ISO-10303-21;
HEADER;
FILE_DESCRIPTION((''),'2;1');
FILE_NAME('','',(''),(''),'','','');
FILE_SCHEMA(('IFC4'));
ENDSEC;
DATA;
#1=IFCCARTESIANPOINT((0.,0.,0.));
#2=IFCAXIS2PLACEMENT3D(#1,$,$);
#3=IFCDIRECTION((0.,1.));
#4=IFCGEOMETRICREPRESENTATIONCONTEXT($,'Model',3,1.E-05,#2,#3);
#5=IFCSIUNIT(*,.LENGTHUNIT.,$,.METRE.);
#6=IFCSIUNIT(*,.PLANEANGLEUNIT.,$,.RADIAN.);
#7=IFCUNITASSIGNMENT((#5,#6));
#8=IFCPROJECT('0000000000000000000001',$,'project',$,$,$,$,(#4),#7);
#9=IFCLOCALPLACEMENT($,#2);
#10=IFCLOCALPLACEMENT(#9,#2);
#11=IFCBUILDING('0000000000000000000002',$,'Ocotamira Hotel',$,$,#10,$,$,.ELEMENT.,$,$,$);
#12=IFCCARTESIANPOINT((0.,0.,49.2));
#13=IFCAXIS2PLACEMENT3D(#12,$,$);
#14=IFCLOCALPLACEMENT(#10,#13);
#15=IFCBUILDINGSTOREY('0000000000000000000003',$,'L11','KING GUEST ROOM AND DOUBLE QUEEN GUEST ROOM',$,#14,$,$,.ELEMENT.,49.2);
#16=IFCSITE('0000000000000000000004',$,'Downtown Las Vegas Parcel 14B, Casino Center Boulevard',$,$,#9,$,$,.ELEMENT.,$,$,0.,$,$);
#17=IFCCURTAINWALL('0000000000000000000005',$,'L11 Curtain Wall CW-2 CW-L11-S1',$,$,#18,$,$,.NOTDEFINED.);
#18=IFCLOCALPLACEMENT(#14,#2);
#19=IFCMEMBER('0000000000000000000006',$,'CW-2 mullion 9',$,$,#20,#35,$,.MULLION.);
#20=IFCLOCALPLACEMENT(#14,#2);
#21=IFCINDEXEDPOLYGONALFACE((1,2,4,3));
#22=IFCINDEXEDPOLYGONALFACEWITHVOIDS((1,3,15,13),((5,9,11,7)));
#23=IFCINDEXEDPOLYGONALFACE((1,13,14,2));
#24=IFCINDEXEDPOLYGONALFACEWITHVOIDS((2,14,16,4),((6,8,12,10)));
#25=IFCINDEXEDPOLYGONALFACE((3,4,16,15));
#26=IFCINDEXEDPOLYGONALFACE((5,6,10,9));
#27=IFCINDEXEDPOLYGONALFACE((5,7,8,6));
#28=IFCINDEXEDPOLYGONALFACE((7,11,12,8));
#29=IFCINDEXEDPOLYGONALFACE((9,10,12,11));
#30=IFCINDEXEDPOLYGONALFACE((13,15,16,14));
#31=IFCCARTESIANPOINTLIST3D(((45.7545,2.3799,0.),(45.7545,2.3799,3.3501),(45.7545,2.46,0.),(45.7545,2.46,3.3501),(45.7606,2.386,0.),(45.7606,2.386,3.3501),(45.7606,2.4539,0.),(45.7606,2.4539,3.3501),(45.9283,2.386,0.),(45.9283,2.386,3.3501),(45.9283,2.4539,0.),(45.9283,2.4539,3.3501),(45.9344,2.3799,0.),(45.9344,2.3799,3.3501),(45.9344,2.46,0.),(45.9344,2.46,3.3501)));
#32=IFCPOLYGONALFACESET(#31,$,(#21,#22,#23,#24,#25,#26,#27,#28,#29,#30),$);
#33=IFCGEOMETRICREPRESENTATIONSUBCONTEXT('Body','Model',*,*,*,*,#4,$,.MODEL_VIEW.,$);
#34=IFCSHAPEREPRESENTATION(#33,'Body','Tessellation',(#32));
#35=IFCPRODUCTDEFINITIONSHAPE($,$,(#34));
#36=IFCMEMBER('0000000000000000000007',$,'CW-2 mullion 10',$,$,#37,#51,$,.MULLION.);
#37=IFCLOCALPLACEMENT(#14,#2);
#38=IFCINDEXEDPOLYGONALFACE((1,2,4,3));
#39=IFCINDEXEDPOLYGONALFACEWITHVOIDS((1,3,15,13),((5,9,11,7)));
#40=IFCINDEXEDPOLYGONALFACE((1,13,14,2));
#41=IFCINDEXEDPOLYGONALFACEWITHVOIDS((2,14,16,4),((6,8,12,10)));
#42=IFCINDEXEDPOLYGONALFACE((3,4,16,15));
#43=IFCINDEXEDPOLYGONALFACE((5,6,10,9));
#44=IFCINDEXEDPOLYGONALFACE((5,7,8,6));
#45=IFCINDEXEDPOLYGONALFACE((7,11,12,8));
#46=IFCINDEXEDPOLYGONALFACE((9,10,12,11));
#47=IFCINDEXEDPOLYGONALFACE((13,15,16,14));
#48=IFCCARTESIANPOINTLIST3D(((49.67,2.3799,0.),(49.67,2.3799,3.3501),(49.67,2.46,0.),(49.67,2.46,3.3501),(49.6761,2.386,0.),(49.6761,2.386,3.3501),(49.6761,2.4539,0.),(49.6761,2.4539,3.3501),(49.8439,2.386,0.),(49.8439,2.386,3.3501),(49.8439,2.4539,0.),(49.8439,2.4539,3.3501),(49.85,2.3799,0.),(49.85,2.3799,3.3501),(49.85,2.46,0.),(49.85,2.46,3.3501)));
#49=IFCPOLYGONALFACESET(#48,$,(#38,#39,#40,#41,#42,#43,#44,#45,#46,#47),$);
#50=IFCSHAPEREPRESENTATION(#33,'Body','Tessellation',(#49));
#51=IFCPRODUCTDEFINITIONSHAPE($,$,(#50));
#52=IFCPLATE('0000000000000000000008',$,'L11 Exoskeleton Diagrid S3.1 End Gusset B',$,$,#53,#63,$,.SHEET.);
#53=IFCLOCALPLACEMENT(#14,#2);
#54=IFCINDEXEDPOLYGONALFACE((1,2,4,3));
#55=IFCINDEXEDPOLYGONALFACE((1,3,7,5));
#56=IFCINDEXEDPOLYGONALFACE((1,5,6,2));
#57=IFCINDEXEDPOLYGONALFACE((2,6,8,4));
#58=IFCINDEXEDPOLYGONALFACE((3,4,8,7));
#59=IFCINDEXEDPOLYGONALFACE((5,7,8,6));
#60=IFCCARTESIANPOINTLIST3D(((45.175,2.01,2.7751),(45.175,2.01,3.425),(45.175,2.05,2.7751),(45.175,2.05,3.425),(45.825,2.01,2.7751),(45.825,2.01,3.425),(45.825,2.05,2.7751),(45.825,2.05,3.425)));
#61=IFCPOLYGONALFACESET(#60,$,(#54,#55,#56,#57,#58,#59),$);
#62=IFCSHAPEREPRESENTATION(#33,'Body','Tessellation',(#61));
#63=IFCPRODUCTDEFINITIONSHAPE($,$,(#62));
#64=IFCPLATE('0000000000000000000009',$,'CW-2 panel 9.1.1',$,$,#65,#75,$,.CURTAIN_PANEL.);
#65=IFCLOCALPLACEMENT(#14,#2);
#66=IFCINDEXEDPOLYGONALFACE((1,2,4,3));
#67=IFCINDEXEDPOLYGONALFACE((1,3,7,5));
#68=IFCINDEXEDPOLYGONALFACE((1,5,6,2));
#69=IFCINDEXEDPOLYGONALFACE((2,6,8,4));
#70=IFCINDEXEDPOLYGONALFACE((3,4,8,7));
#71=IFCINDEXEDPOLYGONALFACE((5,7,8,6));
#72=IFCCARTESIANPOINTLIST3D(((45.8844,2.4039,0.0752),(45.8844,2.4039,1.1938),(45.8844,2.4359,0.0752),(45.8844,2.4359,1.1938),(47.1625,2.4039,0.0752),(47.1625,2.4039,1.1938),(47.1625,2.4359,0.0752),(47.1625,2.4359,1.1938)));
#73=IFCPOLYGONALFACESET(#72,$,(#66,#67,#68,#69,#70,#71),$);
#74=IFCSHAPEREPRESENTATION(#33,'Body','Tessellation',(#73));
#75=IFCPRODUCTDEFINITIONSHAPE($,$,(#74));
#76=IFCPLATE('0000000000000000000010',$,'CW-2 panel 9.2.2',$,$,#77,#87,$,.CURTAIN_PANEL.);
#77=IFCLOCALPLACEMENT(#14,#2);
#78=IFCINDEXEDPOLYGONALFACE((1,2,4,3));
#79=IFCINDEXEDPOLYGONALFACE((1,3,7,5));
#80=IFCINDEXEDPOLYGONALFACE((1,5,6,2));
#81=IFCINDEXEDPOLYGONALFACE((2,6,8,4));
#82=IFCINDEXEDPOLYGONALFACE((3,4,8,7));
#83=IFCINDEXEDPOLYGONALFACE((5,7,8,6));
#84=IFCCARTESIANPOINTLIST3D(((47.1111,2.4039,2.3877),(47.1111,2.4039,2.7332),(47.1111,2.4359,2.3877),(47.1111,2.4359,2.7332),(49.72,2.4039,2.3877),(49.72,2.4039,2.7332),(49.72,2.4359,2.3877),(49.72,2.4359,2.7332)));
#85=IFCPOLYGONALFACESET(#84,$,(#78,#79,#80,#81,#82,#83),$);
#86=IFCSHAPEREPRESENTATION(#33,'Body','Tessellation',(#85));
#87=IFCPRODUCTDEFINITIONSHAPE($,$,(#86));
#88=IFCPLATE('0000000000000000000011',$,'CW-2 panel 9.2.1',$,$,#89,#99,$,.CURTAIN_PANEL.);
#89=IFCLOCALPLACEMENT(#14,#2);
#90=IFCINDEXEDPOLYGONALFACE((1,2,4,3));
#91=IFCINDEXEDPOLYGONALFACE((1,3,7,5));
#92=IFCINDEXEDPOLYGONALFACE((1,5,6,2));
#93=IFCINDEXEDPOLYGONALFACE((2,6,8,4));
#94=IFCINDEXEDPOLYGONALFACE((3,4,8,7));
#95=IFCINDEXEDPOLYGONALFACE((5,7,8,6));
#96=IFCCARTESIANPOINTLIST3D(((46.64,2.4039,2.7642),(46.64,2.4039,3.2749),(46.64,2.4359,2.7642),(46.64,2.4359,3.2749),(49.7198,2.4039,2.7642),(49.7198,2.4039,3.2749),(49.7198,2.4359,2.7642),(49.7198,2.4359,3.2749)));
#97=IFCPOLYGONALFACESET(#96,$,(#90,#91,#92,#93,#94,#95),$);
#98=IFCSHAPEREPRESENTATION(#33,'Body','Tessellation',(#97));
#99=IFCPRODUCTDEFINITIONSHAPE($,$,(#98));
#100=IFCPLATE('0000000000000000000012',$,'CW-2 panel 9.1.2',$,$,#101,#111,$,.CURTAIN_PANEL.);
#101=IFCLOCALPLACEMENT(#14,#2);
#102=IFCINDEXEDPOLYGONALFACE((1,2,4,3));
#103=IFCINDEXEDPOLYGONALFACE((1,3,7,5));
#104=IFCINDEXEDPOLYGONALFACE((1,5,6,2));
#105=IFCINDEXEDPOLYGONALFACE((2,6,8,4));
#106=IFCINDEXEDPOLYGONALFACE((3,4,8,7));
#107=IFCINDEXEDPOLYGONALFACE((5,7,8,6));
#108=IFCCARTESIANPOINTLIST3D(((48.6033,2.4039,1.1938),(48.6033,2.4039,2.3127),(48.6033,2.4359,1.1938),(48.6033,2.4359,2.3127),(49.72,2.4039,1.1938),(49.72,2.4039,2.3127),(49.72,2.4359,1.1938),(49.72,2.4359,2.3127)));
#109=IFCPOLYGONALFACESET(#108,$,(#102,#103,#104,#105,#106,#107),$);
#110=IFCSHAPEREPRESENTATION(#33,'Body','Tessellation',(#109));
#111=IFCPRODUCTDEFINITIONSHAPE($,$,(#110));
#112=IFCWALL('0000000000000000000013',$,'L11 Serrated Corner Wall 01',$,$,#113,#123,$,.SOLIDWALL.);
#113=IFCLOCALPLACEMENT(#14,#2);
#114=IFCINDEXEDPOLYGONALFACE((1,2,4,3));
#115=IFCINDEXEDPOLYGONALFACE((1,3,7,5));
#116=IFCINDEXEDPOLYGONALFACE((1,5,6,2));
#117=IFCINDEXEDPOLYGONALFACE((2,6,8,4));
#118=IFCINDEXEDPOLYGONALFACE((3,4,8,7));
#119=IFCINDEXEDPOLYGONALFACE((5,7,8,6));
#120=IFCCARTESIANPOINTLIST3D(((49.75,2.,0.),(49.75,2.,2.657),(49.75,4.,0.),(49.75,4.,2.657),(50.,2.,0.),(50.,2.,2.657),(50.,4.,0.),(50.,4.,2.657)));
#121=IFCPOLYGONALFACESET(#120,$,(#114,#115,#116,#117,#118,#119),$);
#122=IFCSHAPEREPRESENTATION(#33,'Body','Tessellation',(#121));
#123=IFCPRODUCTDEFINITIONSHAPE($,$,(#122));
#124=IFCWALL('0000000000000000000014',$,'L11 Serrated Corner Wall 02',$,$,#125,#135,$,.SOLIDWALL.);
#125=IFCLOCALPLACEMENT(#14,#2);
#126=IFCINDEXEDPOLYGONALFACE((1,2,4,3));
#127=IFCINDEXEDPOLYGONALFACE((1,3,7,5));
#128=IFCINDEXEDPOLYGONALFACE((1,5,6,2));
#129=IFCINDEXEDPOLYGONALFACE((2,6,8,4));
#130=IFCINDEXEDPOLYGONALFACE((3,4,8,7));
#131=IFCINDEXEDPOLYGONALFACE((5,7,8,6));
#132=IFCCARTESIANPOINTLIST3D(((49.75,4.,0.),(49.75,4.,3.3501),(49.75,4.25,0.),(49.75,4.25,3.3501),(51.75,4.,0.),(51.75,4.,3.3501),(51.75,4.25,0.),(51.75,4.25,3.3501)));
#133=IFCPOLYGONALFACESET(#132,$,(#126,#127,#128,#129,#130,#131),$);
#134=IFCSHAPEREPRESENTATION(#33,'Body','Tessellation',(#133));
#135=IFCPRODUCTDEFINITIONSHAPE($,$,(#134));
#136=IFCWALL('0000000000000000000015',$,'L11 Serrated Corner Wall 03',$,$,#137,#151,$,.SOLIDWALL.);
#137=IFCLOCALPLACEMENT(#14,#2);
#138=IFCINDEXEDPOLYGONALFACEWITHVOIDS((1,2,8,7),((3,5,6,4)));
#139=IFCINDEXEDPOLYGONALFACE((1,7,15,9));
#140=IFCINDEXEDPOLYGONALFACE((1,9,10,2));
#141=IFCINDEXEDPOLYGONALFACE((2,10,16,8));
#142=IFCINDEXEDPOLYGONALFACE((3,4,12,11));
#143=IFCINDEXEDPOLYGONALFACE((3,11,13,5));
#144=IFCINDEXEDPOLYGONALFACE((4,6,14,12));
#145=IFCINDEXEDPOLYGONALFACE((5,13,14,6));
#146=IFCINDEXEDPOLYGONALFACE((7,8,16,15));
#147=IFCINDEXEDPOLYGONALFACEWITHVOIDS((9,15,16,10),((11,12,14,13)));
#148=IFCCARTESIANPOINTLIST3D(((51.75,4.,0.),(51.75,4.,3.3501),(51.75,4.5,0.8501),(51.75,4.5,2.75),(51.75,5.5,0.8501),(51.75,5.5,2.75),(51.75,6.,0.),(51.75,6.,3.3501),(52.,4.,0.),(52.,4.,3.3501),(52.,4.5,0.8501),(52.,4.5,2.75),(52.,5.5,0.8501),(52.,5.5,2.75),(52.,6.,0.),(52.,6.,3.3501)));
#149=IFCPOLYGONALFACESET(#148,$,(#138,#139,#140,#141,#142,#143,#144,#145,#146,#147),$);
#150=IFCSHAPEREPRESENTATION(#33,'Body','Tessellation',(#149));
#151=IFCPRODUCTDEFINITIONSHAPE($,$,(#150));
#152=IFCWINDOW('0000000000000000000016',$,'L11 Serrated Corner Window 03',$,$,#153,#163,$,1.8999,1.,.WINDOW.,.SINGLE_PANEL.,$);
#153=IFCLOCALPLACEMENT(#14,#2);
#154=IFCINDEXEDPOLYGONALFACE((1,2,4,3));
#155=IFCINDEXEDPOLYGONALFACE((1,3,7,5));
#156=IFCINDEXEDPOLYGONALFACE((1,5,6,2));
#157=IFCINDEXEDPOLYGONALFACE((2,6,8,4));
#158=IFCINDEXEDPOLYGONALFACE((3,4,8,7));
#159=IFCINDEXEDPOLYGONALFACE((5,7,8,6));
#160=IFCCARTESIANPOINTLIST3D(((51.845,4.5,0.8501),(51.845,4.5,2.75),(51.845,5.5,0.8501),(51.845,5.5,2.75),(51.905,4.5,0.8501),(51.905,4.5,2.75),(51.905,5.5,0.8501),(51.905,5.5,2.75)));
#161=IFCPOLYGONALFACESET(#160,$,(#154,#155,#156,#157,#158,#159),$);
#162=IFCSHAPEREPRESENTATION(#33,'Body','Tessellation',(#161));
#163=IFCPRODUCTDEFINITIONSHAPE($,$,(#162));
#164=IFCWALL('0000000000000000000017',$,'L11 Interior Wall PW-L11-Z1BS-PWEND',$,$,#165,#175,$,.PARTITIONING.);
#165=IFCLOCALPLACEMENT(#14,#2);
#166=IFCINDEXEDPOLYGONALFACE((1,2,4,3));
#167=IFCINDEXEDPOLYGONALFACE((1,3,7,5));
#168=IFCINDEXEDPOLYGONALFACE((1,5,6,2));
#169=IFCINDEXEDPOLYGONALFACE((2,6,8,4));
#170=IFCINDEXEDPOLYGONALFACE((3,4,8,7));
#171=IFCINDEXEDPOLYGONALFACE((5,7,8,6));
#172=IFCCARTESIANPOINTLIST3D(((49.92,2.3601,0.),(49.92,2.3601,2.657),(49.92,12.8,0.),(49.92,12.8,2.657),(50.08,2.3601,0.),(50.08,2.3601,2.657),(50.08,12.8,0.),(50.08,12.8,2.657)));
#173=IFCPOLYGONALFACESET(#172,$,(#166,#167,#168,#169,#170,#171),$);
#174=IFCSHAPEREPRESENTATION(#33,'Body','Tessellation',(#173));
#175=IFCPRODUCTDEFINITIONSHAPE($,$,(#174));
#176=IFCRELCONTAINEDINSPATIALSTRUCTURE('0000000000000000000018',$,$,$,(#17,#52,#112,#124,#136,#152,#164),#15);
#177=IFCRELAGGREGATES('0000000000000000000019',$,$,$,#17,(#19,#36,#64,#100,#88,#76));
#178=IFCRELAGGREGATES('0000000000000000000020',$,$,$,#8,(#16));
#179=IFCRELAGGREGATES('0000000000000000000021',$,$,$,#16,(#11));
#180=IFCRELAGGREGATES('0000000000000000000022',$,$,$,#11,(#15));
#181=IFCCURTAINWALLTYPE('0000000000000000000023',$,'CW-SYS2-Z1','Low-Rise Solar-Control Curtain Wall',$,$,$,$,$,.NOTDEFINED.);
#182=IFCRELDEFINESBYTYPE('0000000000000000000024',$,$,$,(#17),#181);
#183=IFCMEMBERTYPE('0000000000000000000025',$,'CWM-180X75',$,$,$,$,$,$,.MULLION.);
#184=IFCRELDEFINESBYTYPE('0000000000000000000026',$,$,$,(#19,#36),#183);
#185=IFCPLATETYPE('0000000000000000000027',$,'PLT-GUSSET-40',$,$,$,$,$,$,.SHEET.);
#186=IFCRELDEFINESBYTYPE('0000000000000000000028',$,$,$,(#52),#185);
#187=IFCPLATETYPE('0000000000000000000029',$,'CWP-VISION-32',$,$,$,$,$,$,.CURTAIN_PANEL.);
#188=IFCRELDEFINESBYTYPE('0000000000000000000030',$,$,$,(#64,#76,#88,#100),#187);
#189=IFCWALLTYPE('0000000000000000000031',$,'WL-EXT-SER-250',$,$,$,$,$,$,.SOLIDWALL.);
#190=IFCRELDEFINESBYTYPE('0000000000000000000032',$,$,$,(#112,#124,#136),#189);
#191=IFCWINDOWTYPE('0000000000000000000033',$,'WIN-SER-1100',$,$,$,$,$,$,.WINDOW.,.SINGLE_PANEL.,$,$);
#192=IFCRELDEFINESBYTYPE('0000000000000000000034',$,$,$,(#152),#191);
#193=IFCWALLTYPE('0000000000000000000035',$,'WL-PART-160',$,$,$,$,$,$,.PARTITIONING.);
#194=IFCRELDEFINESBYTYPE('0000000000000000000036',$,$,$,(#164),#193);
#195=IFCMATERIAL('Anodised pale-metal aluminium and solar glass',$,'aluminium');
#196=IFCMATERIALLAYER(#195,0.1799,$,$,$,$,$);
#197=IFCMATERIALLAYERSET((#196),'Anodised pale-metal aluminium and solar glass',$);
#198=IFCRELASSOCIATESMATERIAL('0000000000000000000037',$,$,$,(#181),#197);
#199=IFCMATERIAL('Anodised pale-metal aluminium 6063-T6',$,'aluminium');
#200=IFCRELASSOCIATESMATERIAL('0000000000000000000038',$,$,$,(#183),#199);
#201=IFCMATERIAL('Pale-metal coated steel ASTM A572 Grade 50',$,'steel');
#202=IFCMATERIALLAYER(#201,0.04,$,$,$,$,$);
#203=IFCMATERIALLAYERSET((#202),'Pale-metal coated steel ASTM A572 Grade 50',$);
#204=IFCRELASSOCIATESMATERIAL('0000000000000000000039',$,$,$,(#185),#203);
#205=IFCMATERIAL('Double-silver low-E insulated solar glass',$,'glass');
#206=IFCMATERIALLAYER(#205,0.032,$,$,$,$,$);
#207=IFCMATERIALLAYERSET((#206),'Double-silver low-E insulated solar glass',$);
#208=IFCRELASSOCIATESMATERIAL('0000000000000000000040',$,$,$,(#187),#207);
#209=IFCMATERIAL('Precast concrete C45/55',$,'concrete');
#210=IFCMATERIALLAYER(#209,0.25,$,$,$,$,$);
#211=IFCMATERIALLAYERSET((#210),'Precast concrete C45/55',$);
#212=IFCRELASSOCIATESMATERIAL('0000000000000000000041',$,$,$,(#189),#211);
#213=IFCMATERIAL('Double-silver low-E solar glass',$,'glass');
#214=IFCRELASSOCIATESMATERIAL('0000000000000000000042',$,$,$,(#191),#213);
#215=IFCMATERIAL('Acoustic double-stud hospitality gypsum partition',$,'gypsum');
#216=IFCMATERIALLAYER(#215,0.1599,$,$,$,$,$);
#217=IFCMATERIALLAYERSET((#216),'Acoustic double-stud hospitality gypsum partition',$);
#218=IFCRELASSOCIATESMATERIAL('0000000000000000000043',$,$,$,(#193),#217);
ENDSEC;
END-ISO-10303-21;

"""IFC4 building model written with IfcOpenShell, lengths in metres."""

from ifc_helpers import new_model, si_unit, direction, frame, frame_2d, origin, origin_2d, place, context, subcontext, project, spatial, rectangle, hollow_rectangle, extrude, source, transform, mapped, material, layer, layer_set, material_profile, profile_set, type_object, element, fill, aggregate, save


model = new_model("IFC4")

# Units and contexts
model_context = context("Model", 3, precision=1e-05, world=origin(), true_north=direction((0.0, 1.0)))
body_context = subcontext(model_context, "Body", "Model", "MODEL_VIEW")
ifc_project = project(units=[si_unit("LENGTHUNIT", "METRE"), si_unit("PLANEANGLEUNIT", "RADIAN")], contexts=[model_context])

# Site, building, storey
site_placement = place(None, origin())
site = spatial("IfcSite", under=ifc_project, at=site_placement, Name="Downtown Las Vegas Parcel 14B, Casino Center Boulevard", CompositionType="ELEMENT", RefElevation=0.0)
building_placement = place(site_placement, origin())
building = spatial("IfcBuilding", under=site, at=building_placement, Name="Ocotamira Hotel", CompositionType="ELEMENT")
storey_placement = place(building_placement, frame((0.0, 0.0, 49.2)))
storey = spatial("IfcBuildingStorey", under=building, at=storey_placement, Name="L11", Description="KING GUEST ROOM AND DOUBLE QUEEN GUEST ROOM", CompositionType="ELEMENT", Elevation=49.2)

# Curtain wall, members
ifc_material_1 = material(Name="Anodised pale-metal aluminium and solar glass", Category="aluminium")
ifc_layer_1 = layer(ifc_material_1, 0.1799)
ifc_layer_set_1 = layer_set([ifc_layer_1], Name="Anodised pale-metal aluminium and solar glass")
curtain_wall_type = type_object("IfcCurtainWallType", Name="CW-SYS2-Z1", Description="Low-Rise Solar-Control Curtain Wall", PredefinedType="NOTDEFINED", material=ifc_layer_set_1)
curtain_wall_placement = place(storey_placement, origin())
curtain_wall = element("IfcCurtainWall", 1, at=curtain_wall_placement, inside=storey, type_object=curtain_wall_type, Name="L11 Curtain Wall CW-2 CW-L11-S1", PredefinedType="NOTDEFINED")
ifc_material_2 = material(Name="Anodised pale-metal aluminium 6063-T6", Category="aluminium")
ifc_material_profile_1 = material_profile(ifc_material_2, hollow_rectangle(XDim=0.0801, YDim=0.1799, WallThickness=0.0061, at=origin_2d()), Name="HSS180X80X6")
ifc_profile_set_1 = profile_set([ifc_material_profile_1], Name="Anodised pale-metal aluminium 6063-T6")
member_type_1 = type_object("IfcMemberType", Name="CWM-180X75", PredefinedType="MULLION", material=ifc_profile_set_1)
shared_shape_1 = source(origin(), body_context, "Body", "SweptSolid", [
    extrude(hollow_rectangle(XDim=0.0801, YDim=0.1799, WallThickness=0.0061, at=origin_2d()), origin(), (0.0, 0.0, 1.0), 3.3501),
])
member_1_placement = place(storey_placement, frame((45.8445, 2.4199, 0.0), z_axis=(0.0, 0.0, 1.0), x_axis=(0.0, 1.0, 0.0)))
member_1 = element("IfcMember", 2, at=member_1_placement, type_object=member_type_1, Name="CW-2 mullion 9", PredefinedType="MULLION", context=body_context, shape_type="MappedRepresentation", body=[
    mapped(shared_shape_1, transform((0.0, 0.0, 0.0), scale=1.0)),
])
member_2_placement = place(storey_placement, frame((49.76, 2.4199, 0.0), z_axis=(0.0, 0.0, 1.0), x_axis=(0.0, 1.0, 0.0)))
member_2 = element("IfcMember", 3, at=member_2_placement, type_object=member_type_1, Name="CW-2 mullion 10", PredefinedType="MULLION", context=body_context, shape_type="MappedRepresentation", body=[
    mapped(shared_shape_1, transform((0.0, 0.0, 0.0), scale=1.0)),
])

# Plates
ifc_material_3 = material(Name="Pale-metal coated steel ASTM A572 Grade 50", Category="steel")
ifc_layer_2 = layer(ifc_material_3, 0.04)
ifc_layer_set_2 = layer_set([ifc_layer_2], Name="Pale-metal coated steel ASTM A572 Grade 50")
plate_type_1 = type_object("IfcPlateType", Name="PLT-GUSSET-40", PredefinedType="SHEET", material=ifc_layer_set_2)
shared_shape_2 = source(origin(), body_context, "Body", "SweptSolid", [
    extrude(rectangle(XDim=0.6499, YDim=0.04, at=origin_2d()), origin(), (0.0, 0.0, 1.0), 0.6499),
])
plate_1_placement = place(storey_placement, frame((45.5, 2.03, 2.7751), z_axis=(0.0, 0.0, 1.0), x_axis=(1.0, 0.0, 0.0)))
element("IfcPlate", 4, at=plate_1_placement, inside=storey, type_object=plate_type_1, Name="L11 Exoskeleton Diagrid S3.1 End Gusset B", PredefinedType="SHEET", context=body_context, shape_type="MappedRepresentation", body=[
    mapped(shared_shape_2, transform((0.0, 0.0, 0.0), scale=1.0)),
])
ifc_material_4 = material(Name="Double-silver low-E insulated solar glass", Category="glass")
ifc_layer_3 = layer(ifc_material_4, 0.032)
ifc_layer_set_3 = layer_set([ifc_layer_3], Name="Double-silver low-E insulated solar glass")
plate_type_2 = type_object("IfcPlateType", Name="CWP-VISION-32", PredefinedType="CURTAIN_PANEL", material=ifc_layer_set_3)
shared_shape_3 = source(origin(), body_context, "Body", "SweptSolid", [
    extrude(rectangle(XDim=1.2781, YDim=0.032, at=origin_2d()), origin(), (0.0, 0.0, 1.0), 1.1187),
])
plate_2_placement = place(storey_placement, frame((46.5234, 2.4199, 0.0752), z_axis=(0.0, 0.0, 1.0), x_axis=(1.0, 0.0, 0.0)))
plate_2 = element("IfcPlate", 5, at=plate_2_placement, type_object=plate_type_2, Name="CW-2 panel 9.1.1", PredefinedType="CURTAIN_PANEL", context=body_context, shape_type="MappedRepresentation", body=[
    mapped(shared_shape_3, transform((0.0, 0.0, 0.0), scale=1.0)),
])
shared_shape_4 = source(origin(), body_context, "Body", "SweptSolid", [
    extrude(rectangle(XDim=2.6089, YDim=0.032, at=origin_2d()), origin(), (0.0, 0.0, 1.0), 0.3455),
])
plate_3_placement = place(storey_placement, frame((48.4155, 2.4199, 2.3877), z_axis=(0.0, 0.0, 1.0), x_axis=(1.0, 0.0, 0.0)))
plate_3 = element("IfcPlate", 6, at=plate_3_placement, type_object=plate_type_2, Name="CW-2 panel 9.2.2", PredefinedType="CURTAIN_PANEL", context=body_context, shape_type="MappedRepresentation", body=[
    mapped(shared_shape_4, transform((0.0, 0.0, 0.0), scale=1.0)),
])
shared_shape_5 = source(origin(), body_context, "Body", "SweptSolid", [
    extrude(rectangle(XDim=3.0798, YDim=0.032, at=origin_2d()), origin(), (0.0, 0.0, 1.0), 0.5107),
])
plate_4_placement = place(storey_placement, frame((48.1799, 2.4199, 2.7642), z_axis=(0.0, 0.0, 1.0), x_axis=(1.0, 0.0, 0.0)))
plate_4 = element("IfcPlate", 7, at=plate_4_placement, type_object=plate_type_2, Name="CW-2 panel 9.2.1", PredefinedType="CURTAIN_PANEL", context=body_context, shape_type="MappedRepresentation", body=[
    mapped(shared_shape_5, transform((0.0, 0.0, 0.0), scale=1.0)),
])
shared_shape_6 = source(origin(), body_context, "Body", "SweptSolid", [
    extrude(rectangle(XDim=1.1167, YDim=0.032, at=origin_2d()), origin(), (0.0, 0.0, 1.0), 1.1189),
])
plate_5_placement = place(storey_placement, frame((49.1616, 2.4199, 1.1938), z_axis=(0.0, 0.0, 1.0), x_axis=(1.0, 0.0, 0.0)))
plate_5 = element("IfcPlate", 8, at=plate_5_placement, type_object=plate_type_2, Name="CW-2 panel 9.1.2", PredefinedType="CURTAIN_PANEL", context=body_context, shape_type="MappedRepresentation", body=[
    mapped(shared_shape_6, transform((0.0, 0.0, 0.0), scale=1.0)),
])
aggregate(curtain_wall, [member_1, member_2, plate_2, plate_5, plate_4, plate_3])

# Walls
ifc_material_5 = material(Name="Precast concrete C45/55", Category="concrete")
ifc_layer_4 = layer(ifc_material_5, 0.25)
ifc_layer_set_4 = layer_set([ifc_layer_4], Name="Precast concrete C45/55")
wall_type_1 = type_object("IfcWallType", Name="WL-EXT-SER-250", PredefinedType="SOLIDWALL", material=ifc_layer_set_4)
wall_1_placement = place(storey_placement, frame((49.875, 2.0, 0.0), z_axis=(0.0, 0.0, 1.0), x_axis=(0.0, 1.0, 0.0)))
element("IfcWall", 9, at=wall_1_placement, inside=storey, type_object=wall_type_1, Name="L11 Serrated Corner Wall 01", PredefinedType="SOLIDWALL", context=body_context, shape_type="SweptSolid", body=[
    extrude(rectangle(XDim=2.0, YDim=0.25, at=frame_2d((1.0, 0.0))), origin(), (0.0, 0.0, 1.0), 2.657),
])
wall_2_placement = place(storey_placement, frame((49.75, 4.125, 0.0), z_axis=(0.0, 0.0, 1.0), x_axis=(1.0, 0.0, 0.0)))
element("IfcWall", 10, at=wall_2_placement, inside=storey, type_object=wall_type_1, Name="L11 Serrated Corner Wall 02", PredefinedType="SOLIDWALL", context=body_context, shape_type="SweptSolid", body=[
    extrude(rectangle(XDim=2.0, YDim=0.25, at=frame_2d((1.0, 0.0))), origin(), (0.0, 0.0, 1.0), 3.3501),
])

# Wall, opening, window
wall_3_placement = place(storey_placement, frame((51.875, 4.0, 0.0), z_axis=(0.0, 0.0, 1.0), x_axis=(0.0, 1.0, 0.0)))
wall_3 = element("IfcWall", 11, at=wall_3_placement, inside=storey, type_object=wall_type_1, Name="L11 Serrated Corner Wall 03", PredefinedType="SOLIDWALL", context=body_context, shape_type="SweptSolid", body=[
    extrude(rectangle(XDim=2.0, YDim=0.25, at=frame_2d((1.0, 0.0))), origin(), (0.0, 0.0, 1.0), 3.3501),
])
opening_placement = place(wall_3_placement, frame((0.5, 0.0, 0.8501)))
opening = element("IfcOpeningElement", 12, at=opening_placement, cuts=wall_3, PredefinedType="OPENING", context=body_context, shape_type="SweptSolid", body=[
    extrude(rectangle(XDim=1.0, YDim=1.8999, at=frame_2d((0.5, 0.95))), frame((0.0, 0.135, 0.0), z_axis=(0.0, -1.0, 0.0), x_axis=(1.0, 0.0, 0.0)), (0.0, 0.0, 1.0), 0.27),
])
ifc_material_6 = material(Name="Double-silver low-E solar glass", Category="glass")
window_type = type_object("IfcWindowType", Name="WIN-SER-1100", PartitioningType="SINGLE_PANEL", PredefinedType="WINDOW", material=ifc_material_6)
shared_shape_7 = source(origin(), body_context, "Body", "SweptSolid", [
    extrude(rectangle(XDim=1.0, YDim=1.8999, at=frame_2d((0.5, 0.95))), frame((0.0, 0.03, 0.0), z_axis=(0.0, -1.0, 0.0), x_axis=(1.0, 0.0, 0.0)), (0.0, 0.0, 1.0), 0.0601),
])
window_placement = place(opening_placement, origin())
window = element("IfcWindow", 13, at=window_placement, inside=storey, type_object=window_type, Name="L11 Serrated Corner Window 03", OverallHeight=1.8999, OverallWidth=1.0, PartitioningType="SINGLE_PANEL", PredefinedType="WINDOW", context=body_context, shape_type="MappedRepresentation", body=[
    mapped(shared_shape_7, transform((0.0, 0.0, 0.0), scale=1.0)),
])
fill(opening, window)

# Wall
ifc_material_7 = material(Name="Acoustic double-stud hospitality gypsum partition", Category="gypsum")
ifc_layer_5 = layer(ifc_material_7, 0.1599)
ifc_layer_set_5 = layer_set([ifc_layer_5], Name="Acoustic double-stud hospitality gypsum partition")
wall_type_2 = type_object("IfcWallType", Name="WL-PART-160", PredefinedType="PARTITIONING", material=ifc_layer_set_5)
wall_4_placement = place(storey_placement, frame((50.0, 2.3601, 0.0), z_axis=(0.0, 0.0, 1.0), x_axis=(0.0, 1.0, 0.0)))
element("IfcWall", 14, at=wall_4_placement, inside=storey, type_object=wall_type_2, Name="L11 Interior Wall PW-L11-Z1BS-PWEND", PredefinedType="PARTITIONING", context=body_context, shape_type="SweptSolid", body=[
    extrude(rectangle(XDim=10.4399, YDim=0.1599, at=frame_2d((5.22, 0.0))), origin(), (0.0, 0.0, 1.0), 2.657),
])

save(model, "model.ifc")
